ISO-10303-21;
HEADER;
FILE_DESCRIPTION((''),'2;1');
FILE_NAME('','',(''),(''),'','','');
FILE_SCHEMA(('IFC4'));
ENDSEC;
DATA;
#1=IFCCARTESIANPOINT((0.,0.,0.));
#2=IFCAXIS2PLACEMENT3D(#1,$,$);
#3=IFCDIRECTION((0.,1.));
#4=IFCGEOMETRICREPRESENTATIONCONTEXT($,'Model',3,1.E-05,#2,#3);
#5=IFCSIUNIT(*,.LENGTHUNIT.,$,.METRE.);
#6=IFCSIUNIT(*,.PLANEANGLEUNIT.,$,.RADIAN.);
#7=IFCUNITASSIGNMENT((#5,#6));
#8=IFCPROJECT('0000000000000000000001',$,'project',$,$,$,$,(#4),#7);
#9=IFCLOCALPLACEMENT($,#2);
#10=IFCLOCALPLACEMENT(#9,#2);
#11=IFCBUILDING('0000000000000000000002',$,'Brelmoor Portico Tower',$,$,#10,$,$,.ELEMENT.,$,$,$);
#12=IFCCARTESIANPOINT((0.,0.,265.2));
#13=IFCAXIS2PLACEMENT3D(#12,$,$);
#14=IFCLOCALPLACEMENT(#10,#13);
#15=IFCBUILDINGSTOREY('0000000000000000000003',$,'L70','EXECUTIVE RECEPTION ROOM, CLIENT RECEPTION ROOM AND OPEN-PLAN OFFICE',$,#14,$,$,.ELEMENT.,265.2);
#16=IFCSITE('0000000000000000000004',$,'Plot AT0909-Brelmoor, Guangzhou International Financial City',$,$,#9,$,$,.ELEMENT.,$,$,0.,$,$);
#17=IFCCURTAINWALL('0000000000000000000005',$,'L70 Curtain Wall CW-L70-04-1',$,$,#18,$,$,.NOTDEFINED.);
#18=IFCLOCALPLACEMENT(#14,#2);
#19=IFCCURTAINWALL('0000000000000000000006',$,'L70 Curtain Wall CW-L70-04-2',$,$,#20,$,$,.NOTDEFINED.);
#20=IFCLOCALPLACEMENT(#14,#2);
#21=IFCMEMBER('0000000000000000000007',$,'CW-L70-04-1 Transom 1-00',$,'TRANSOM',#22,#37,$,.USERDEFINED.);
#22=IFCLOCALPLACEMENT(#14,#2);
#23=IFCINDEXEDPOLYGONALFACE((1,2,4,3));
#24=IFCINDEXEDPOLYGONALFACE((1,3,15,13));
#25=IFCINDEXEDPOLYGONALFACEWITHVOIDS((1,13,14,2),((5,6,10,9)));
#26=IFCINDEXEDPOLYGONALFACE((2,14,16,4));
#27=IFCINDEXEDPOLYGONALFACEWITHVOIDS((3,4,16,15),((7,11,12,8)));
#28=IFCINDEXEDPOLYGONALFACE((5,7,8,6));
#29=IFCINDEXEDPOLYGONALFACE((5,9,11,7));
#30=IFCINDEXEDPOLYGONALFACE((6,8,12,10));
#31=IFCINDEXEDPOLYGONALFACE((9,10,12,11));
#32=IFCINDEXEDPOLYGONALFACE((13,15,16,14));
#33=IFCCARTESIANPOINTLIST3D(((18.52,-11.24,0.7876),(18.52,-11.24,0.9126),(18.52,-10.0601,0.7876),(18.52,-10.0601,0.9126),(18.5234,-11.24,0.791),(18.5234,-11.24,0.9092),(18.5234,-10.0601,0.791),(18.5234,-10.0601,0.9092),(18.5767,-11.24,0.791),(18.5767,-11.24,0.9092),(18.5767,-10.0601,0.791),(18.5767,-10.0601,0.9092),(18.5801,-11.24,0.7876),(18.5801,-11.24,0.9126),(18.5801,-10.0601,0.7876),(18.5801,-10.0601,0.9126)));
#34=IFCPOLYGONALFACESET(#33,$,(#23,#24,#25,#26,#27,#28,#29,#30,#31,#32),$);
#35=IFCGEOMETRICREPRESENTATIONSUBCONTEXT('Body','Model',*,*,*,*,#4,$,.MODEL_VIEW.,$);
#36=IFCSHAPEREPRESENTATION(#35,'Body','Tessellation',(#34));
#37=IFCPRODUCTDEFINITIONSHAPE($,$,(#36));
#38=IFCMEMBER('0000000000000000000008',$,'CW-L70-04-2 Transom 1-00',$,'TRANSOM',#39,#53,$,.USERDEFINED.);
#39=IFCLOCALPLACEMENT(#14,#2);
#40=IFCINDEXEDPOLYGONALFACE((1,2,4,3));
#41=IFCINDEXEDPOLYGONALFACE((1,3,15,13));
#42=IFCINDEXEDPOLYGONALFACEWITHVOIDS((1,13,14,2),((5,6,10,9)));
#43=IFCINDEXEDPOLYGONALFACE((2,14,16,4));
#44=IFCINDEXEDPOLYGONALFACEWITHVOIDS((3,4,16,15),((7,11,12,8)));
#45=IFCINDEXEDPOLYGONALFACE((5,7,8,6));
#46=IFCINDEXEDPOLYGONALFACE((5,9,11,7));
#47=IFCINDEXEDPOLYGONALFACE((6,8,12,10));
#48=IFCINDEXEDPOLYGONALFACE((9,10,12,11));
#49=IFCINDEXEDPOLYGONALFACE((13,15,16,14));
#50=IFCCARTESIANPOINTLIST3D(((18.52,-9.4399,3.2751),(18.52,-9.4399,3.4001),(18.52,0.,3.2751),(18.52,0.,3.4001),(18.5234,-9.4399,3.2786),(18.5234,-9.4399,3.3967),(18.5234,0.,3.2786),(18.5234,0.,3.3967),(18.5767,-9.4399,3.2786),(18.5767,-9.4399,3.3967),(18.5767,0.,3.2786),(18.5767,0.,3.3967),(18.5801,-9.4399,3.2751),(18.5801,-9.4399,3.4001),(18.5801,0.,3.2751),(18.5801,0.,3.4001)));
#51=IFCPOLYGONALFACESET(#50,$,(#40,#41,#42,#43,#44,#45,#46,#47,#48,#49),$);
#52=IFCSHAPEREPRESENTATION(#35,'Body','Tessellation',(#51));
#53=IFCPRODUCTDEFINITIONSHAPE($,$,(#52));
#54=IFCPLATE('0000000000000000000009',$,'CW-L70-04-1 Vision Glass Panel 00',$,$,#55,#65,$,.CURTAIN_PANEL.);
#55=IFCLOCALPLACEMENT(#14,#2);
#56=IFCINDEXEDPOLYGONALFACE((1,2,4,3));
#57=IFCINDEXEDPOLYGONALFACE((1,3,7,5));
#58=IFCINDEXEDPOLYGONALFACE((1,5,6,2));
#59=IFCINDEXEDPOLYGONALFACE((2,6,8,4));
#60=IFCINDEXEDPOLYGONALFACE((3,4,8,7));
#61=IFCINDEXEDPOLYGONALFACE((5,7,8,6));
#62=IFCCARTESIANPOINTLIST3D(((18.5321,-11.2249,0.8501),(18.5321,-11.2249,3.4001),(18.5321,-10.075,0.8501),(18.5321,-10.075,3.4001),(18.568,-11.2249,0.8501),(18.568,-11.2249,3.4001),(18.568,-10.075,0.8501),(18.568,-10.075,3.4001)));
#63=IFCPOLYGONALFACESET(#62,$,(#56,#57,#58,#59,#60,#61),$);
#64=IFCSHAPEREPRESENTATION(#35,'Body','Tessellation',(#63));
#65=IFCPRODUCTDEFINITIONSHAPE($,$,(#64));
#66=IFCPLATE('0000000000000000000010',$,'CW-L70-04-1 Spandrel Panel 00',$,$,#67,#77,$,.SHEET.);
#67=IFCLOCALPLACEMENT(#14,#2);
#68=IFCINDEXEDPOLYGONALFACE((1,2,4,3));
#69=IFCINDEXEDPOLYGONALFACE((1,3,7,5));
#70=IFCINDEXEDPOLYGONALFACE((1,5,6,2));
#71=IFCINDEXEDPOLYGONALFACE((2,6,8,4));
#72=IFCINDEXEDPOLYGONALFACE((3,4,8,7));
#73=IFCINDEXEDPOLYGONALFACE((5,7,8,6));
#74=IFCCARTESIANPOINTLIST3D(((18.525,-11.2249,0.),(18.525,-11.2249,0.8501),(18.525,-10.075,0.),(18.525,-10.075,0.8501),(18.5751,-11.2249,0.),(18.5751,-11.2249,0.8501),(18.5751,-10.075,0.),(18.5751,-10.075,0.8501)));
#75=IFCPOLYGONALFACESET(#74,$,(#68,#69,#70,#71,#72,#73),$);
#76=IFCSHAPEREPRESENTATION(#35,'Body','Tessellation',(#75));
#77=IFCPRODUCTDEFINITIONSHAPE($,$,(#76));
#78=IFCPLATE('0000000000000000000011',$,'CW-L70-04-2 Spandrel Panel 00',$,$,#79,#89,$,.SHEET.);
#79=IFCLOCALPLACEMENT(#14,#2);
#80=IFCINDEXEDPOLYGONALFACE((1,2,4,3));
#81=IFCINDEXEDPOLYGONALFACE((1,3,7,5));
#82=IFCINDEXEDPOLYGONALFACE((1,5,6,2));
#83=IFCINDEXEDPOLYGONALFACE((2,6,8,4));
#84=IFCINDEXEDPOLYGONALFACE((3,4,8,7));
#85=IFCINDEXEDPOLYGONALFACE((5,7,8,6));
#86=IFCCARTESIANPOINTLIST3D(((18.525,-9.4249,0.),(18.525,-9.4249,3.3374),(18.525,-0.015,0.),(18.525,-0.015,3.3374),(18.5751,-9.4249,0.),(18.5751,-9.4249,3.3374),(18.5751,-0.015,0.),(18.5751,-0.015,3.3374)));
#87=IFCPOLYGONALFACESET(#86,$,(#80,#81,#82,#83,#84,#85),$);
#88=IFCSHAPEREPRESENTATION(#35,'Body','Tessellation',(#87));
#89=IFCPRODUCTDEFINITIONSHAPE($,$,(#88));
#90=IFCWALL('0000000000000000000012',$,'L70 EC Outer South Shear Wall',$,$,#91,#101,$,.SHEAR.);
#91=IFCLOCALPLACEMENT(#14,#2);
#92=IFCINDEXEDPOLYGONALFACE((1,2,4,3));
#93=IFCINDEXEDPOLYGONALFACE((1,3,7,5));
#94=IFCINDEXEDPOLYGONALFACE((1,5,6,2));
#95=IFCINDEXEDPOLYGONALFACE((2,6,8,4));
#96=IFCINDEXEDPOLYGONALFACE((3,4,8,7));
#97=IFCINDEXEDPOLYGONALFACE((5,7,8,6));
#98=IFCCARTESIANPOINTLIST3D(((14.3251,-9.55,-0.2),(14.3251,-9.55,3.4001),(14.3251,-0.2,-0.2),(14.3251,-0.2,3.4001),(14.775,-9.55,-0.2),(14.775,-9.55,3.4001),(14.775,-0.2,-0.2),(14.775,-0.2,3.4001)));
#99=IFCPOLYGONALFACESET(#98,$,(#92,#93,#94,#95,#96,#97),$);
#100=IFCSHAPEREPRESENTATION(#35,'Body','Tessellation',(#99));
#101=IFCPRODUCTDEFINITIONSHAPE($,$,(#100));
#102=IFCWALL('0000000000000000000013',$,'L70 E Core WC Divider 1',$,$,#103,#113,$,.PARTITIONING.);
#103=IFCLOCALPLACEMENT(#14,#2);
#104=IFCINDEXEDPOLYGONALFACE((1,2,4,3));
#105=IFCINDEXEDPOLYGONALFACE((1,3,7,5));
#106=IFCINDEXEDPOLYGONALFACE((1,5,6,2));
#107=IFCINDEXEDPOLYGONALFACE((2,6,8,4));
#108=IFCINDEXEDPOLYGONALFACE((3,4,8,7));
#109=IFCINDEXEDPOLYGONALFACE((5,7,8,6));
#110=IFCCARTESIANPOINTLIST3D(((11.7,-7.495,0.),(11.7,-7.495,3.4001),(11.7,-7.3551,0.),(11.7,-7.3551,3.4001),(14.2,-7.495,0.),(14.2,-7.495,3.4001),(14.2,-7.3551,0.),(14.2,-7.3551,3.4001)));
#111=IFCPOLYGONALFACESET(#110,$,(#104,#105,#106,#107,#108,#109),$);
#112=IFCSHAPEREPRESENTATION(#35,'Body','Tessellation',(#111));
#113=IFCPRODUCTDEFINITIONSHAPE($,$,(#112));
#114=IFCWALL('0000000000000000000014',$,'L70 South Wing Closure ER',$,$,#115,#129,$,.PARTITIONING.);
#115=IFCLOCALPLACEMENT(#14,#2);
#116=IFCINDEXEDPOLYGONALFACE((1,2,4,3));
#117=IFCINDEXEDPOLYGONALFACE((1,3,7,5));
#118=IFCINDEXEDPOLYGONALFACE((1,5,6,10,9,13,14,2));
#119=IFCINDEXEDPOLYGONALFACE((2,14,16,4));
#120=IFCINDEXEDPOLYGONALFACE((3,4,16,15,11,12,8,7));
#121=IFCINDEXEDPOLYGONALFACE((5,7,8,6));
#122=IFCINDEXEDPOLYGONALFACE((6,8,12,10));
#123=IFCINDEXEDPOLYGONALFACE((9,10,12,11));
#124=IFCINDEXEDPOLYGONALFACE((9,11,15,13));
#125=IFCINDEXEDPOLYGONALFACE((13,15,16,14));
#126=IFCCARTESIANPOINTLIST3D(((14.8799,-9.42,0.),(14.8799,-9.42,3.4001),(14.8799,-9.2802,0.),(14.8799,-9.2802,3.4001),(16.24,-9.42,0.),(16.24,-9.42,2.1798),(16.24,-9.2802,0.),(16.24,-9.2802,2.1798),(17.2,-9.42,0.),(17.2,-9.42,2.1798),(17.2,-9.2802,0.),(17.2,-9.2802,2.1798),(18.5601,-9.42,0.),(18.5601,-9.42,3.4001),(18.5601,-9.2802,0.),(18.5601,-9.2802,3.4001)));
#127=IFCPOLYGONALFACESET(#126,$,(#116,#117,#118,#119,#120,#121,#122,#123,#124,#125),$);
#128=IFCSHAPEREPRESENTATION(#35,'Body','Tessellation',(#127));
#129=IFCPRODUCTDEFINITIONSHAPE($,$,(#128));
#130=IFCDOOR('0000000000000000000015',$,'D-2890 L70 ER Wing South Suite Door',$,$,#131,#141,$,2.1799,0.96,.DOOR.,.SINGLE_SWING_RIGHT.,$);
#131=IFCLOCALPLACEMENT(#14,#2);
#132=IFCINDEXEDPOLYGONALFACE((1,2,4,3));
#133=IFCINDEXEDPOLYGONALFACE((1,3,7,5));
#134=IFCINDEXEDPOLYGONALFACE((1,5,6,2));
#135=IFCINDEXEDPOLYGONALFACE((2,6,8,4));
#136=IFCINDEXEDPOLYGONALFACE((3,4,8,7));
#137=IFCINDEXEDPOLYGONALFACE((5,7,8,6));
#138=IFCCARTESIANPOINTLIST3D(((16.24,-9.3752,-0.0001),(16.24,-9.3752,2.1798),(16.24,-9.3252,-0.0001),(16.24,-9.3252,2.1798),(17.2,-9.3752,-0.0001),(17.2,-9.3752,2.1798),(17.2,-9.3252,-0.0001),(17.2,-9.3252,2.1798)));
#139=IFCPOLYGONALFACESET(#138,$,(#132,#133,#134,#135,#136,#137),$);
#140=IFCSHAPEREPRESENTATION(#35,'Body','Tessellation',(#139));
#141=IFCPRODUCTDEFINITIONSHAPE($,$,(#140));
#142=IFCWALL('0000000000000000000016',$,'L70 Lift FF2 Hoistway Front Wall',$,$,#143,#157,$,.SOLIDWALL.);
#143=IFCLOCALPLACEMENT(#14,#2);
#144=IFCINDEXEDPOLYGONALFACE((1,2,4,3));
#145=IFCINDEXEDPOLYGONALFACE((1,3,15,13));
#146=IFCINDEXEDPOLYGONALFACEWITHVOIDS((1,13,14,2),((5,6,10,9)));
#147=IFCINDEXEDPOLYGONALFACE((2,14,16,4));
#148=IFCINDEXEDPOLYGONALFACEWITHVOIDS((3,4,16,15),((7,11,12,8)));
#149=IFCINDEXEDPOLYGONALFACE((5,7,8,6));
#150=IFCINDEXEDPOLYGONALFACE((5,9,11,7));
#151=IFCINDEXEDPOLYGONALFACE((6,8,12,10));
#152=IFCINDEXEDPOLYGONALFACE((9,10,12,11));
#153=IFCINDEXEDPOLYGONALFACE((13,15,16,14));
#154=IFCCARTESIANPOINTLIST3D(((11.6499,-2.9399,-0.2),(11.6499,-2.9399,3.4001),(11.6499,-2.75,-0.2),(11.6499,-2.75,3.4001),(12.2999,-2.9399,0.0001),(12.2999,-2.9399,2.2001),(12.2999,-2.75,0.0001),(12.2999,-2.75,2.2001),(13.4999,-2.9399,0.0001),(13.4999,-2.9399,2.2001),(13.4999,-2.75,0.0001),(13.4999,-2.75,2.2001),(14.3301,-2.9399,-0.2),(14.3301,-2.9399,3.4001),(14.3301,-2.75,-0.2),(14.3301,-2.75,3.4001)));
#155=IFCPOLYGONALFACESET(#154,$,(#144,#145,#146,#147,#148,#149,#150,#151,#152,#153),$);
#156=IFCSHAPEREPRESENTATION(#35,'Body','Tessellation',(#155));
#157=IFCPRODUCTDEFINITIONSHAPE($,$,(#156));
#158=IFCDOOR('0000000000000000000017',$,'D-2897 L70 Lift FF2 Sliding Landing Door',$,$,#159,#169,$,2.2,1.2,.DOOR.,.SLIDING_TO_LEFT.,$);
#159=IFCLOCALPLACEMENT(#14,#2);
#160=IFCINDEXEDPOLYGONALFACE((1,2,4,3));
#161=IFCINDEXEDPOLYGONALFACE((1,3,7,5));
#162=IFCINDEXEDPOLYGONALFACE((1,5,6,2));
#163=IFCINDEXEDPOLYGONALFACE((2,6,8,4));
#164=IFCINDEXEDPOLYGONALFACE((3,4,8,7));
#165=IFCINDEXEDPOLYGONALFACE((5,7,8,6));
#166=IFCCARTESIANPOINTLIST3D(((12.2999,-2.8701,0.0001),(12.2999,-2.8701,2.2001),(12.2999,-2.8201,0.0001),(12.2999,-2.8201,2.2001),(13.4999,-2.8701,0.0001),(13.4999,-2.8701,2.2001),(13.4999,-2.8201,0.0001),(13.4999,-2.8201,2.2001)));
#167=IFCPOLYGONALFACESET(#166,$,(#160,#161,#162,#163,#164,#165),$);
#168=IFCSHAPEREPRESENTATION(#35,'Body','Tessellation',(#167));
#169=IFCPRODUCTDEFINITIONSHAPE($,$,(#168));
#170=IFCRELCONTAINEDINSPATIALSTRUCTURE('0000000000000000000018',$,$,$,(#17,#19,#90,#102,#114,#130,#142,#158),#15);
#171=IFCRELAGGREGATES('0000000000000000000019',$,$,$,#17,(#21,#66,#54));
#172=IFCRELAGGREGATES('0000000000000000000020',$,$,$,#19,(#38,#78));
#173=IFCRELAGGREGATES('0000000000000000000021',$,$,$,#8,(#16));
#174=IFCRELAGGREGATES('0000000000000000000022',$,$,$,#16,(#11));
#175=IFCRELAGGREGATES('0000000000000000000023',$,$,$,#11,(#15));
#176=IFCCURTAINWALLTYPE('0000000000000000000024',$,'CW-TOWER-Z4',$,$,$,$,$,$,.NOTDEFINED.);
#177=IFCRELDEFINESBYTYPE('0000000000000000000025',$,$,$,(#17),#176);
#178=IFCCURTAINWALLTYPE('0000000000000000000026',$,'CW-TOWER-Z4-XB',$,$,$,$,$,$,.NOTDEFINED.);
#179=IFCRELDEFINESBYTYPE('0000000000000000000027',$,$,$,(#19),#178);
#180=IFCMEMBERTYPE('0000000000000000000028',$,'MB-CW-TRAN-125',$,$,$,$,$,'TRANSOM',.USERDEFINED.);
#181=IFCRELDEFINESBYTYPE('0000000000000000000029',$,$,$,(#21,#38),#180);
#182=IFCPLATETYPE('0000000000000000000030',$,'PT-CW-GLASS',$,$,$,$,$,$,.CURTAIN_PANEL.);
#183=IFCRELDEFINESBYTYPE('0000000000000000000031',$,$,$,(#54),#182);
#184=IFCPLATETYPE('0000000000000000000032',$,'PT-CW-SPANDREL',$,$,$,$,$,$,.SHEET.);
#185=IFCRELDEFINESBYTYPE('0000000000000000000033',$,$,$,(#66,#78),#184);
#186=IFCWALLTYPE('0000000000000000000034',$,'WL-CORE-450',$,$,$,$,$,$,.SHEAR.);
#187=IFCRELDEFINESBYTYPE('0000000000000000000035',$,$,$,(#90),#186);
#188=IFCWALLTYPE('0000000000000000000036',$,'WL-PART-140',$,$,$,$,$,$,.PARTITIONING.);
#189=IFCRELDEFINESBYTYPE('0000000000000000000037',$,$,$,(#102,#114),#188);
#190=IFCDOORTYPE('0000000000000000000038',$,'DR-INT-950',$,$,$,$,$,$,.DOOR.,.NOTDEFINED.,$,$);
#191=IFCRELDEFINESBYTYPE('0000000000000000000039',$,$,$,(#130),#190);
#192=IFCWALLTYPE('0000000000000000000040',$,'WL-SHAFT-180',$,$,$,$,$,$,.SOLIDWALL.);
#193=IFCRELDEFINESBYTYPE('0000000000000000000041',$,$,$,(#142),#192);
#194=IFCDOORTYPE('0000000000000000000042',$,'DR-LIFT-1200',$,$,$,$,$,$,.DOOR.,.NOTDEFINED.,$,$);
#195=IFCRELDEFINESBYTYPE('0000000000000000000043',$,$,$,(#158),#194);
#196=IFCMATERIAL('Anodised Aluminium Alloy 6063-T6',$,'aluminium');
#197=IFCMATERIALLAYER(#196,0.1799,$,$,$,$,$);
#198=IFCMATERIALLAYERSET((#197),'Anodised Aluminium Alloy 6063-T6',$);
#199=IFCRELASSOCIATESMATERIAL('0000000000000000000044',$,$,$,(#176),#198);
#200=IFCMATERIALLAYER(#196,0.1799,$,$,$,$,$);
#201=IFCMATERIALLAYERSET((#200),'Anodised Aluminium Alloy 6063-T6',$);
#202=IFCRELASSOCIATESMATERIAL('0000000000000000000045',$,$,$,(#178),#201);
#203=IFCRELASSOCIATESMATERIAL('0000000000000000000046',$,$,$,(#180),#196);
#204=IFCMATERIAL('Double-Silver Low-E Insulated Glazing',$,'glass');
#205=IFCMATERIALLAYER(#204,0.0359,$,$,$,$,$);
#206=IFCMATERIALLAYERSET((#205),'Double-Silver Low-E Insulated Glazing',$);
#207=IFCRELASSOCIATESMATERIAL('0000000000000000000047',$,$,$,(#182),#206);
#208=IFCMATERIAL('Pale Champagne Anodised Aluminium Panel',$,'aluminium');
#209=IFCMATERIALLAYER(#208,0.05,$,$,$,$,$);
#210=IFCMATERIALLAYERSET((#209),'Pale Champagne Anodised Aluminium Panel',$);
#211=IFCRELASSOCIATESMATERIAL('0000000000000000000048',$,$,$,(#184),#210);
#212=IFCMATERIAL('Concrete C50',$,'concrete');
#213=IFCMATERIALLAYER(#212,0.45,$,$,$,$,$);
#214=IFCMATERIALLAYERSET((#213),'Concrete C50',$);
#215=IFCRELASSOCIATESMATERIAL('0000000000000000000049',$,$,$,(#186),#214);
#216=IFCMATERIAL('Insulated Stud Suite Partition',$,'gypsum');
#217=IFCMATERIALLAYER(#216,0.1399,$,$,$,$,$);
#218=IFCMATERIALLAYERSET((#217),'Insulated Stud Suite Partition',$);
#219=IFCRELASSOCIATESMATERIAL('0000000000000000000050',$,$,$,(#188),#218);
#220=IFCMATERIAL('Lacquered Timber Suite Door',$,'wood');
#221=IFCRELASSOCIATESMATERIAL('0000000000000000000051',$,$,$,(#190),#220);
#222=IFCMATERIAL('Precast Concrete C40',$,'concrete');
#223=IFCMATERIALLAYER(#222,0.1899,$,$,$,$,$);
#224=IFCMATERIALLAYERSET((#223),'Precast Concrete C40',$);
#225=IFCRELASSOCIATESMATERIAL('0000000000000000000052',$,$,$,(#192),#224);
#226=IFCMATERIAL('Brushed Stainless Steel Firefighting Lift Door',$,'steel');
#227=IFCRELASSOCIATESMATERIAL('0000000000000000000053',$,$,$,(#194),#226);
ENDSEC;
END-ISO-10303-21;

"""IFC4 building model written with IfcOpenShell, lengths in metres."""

from ifc_helpers import new_model, si_unit, direction, frame, frame_2d, origin, origin_2d, place, context, subcontext, project, spatial, rectangle, hollow_rectangle, extrude, material, layer, layer_set, material_profile, profile_set, type_object, element, fill, aggregate, save


model = new_model("IFC4")

# Units and contexts
model_context = context("Model", 3, precision=1e-05, world=origin(), true_north=direction((0.0, 1.0)))
body_context = subcontext(model_context, "Body", "Model", "MODEL_VIEW")
ifc_project = project(units=[si_unit("LENGTHUNIT", "METRE"), si_unit("PLANEANGLEUNIT", "RADIAN")], contexts=[model_context])

# Site, building, storey
site_placement = place(None, origin())
site = spatial("IfcSite", under=ifc_project, at=site_placement, Name="Plot AT0909-Brelmoor, Guangzhou International Financial City", CompositionType="ELEMENT", RefElevation=0.0)
building_placement = place(site_placement, origin())
building = spatial("IfcBuilding", under=site, at=building_placement, Name="Brelmoor Portico Tower", CompositionType="ELEMENT")
storey_placement = place(building_placement, frame((0.0, 0.0, 265.2)))
storey = spatial("IfcBuildingStorey", under=building, at=storey_placement, Name="L70", Description="EXECUTIVE RECEPTION ROOM, CLIENT RECEPTION ROOM AND OPEN-PLAN OFFICE", CompositionType="ELEMENT", Elevation=265.2)

# Curtain walls
ifc_material_1 = material(Name="Anodised Aluminium Alloy 6063-T6", Category="aluminium")
ifc_layer_1 = layer(ifc_material_1, 0.1799)
ifc_layer_set_1 = layer_set([ifc_layer_1], Name="Anodised Aluminium Alloy 6063-T6")
curtain_wall_type_1 = type_object("IfcCurtainWallType", Name="CW-TOWER-Z4", PredefinedType="NOTDEFINED", material=ifc_layer_set_1)
curtain_wall_1_placement = place(storey_placement, origin())
curtain_wall_1 = element("IfcCurtainWall", 1, at=curtain_wall_1_placement, inside=storey, type_object=curtain_wall_type_1, Name="L70 Curtain Wall CW-L70-04-1", PredefinedType="NOTDEFINED")
ifc_layer_2 = layer(ifc_material_1, 0.1799)
ifc_layer_set_2 = layer_set([ifc_layer_2], Name="Anodised Aluminium Alloy 6063-T6")
curtain_wall_type_2 = type_object("IfcCurtainWallType", Name="CW-TOWER-Z4-XB", PredefinedType="NOTDEFINED", material=ifc_layer_set_2)
curtain_wall_2_placement = place(storey_placement, origin())
curtain_wall_2 = element("IfcCurtainWall", 2, at=curtain_wall_2_placement, inside=storey, type_object=curtain_wall_type_2, Name="L70 Curtain Wall CW-L70-04-2", PredefinedType="NOTDEFINED")

# Members
ifc_material_profile_1 = material_profile(ifc_material_1, hollow_rectangle(XDim=0.0601, YDim=0.125, WallThickness=0.0034, at=origin_2d()), Name="ALU TRANSOM 60x125")
ifc_profile_set_1 = profile_set([ifc_material_profile_1], Name="Anodised Aluminium Alloy 6063-T6")
member_type_1 = type_object("IfcMemberType", Name="MB-CW-TRAN-125", ElementType="TRANSOM", PredefinedType="USERDEFINED", material=ifc_profile_set_1)
member_1_placement = place(storey_placement, frame((18.55, -11.24, 0.8501), z_axis=(0.0, 1.0, 0.0), x_axis=(-1.0, 0.0, 0.0)))
member_1 = element("IfcMember", 3, at=member_1_placement, type_object=member_type_1, Name="CW-L70-04-1 Transom 1-00", ObjectType="TRANSOM", PredefinedType="USERDEFINED", context=body_context, shape_type="SweptSolid", body=[
    extrude(hollow_rectangle(XDim=0.0601, YDim=0.125, WallThickness=0.0034, at=origin_2d()), origin(), (0.0, 0.0, 1.0), 1.1799),
])
member_2_placement = place(storey_placement, frame((18.55, -9.4399, 3.3376), z_axis=(0.0, 1.0, 0.0), x_axis=(-1.0, 0.0, 0.0)))
member_2 = element("IfcMember", 4, at=member_2_placement, type_object=member_type_1, Name="CW-L70-04-2 Transom 1-00", ObjectType="TRANSOM", PredefinedType="USERDEFINED", context=body_context, shape_type="SweptSolid", body=[
    extrude(hollow_rectangle(XDim=0.0601, YDim=0.125, WallThickness=0.0034, at=origin_2d()), origin(), (0.0, 0.0, 1.0), 9.4399),
])

# Plates
ifc_material_2 = material(Name="Double-Silver Low-E Insulated Glazing", Category="glass")
ifc_layer_3 = layer(ifc_material_2, 0.0359)
ifc_layer_set_3 = layer_set([ifc_layer_3], Name="Double-Silver Low-E Insulated Glazing")
plate_type_1 = type_object("IfcPlateType", Name="PT-CW-GLASS", PredefinedType="CURTAIN_PANEL", material=ifc_layer_set_3)
plate_1_placement = place(storey_placement, frame((18.55, -10.6499, 0.8501), z_axis=(0.0, 0.0, 1.0), x_axis=(0.0, 1.0, 0.0)))
plate_1 = element("IfcPlate", 5, at=plate_1_placement, type_object=plate_type_1, Name="CW-L70-04-1 Vision Glass Panel 00", PredefinedType="CURTAIN_PANEL", context=body_context, shape_type="SweptSolid", body=[
    extrude(rectangle(XDim=1.1499, YDim=0.0359, at=origin_2d()), origin(), (0.0, 0.0, 1.0), 2.55),
])
ifc_material_3 = material(Name="Pale Champagne Anodised Aluminium Panel", Category="aluminium")
ifc_layer_4 = layer(ifc_material_3, 0.05)
ifc_layer_set_4 = layer_set([ifc_layer_4], Name="Pale Champagne Anodised Aluminium Panel")
plate_type_2 = type_object("IfcPlateType", Name="PT-CW-SPANDREL", PredefinedType="SHEET", material=ifc_layer_set_4)
plate_2_placement = place(storey_placement, frame((18.55, -10.6499, 0.0), z_axis=(0.0, 0.0, 1.0), x_axis=(0.0, 1.0, 0.0)))
plate_2 = element("IfcPlate", 6, at=plate_2_placement, type_object=plate_type_2, Name="CW-L70-04-1 Spandrel Panel 00", PredefinedType="SHEET", context=body_context, shape_type="SweptSolid", body=[
    extrude(rectangle(XDim=1.1499, YDim=0.05, at=origin_2d()), origin(), (0.0, 0.0, 1.0), 0.8501),
])
aggregate(curtain_wall_1, [member_1, plate_2, plate_1])
plate_3_placement = place(storey_placement, frame((18.55, -4.72, 0.0), z_axis=(0.0, 0.0, 1.0), x_axis=(0.0, 1.0, 0.0)))
plate_3 = element("IfcPlate", 7, at=plate_3_placement, type_object=plate_type_2, Name="CW-L70-04-2 Spandrel Panel 00", PredefinedType="SHEET", context=body_context, shape_type="SweptSolid", body=[
    extrude(rectangle(XDim=9.4099, YDim=0.05, at=origin_2d()), origin(), (0.0, 0.0, 1.0), 3.3374),
])
aggregate(curtain_wall_2, [member_2, plate_3])

# Walls
ifc_material_4 = material(Name="Concrete C50", Category="concrete")
ifc_layer_5 = layer(ifc_material_4, 0.45)
ifc_layer_set_5 = layer_set([ifc_layer_5], Name="Concrete C50")
wall_type_1 = type_object("IfcWallType", Name="WL-CORE-450", PredefinedType="SHEAR", material=ifc_layer_set_5)
wall_1_placement = place(storey_placement, frame((14.55, -9.55, -0.2), z_axis=(0.0, 0.0, 1.0), x_axis=(0.0, 1.0, 0.0)))
element("IfcWall", 8, at=wall_1_placement, inside=storey, type_object=wall_type_1, Name="L70 EC Outer South Shear Wall", PredefinedType="SHEAR", context=body_context, shape_type="SweptSolid", body=[
    extrude(rectangle(XDim=9.3501, YDim=0.45, at=frame_2d((4.675, 0.0))), origin(), (0.0, 0.0, 1.0), 3.6001),
])
ifc_material_5 = material(Name="Insulated Stud Suite Partition", Category="gypsum")
ifc_layer_6 = layer(ifc_material_5, 0.1399)
ifc_layer_set_6 = layer_set([ifc_layer_6], Name="Insulated Stud Suite Partition")
wall_type_2 = type_object("IfcWallType", Name="WL-PART-140", PredefinedType="PARTITIONING", material=ifc_layer_set_6)
wall_2_placement = place(storey_placement, frame((11.7, -7.425, 0.0), z_axis=(0.0, 0.0, 1.0), x_axis=(1.0, 0.0, 0.0)))
element("IfcWall", 9, at=wall_2_placement, inside=storey, type_object=wall_type_2, Name="L70 E Core WC Divider 1", PredefinedType="PARTITIONING", context=body_context, shape_type="SweptSolid", body=[
    extrude(rectangle(XDim=2.5, YDim=0.1399, at=frame_2d((1.25, 0.0))), origin(), (0.0, 0.0, 1.0), 3.4001),
])

# Wall, opening, door
wall_3_placement = place(storey_placement, frame((14.8799, -9.3501, 0.0), z_axis=(0.0, 0.0, 1.0), x_axis=(1.0, 0.0, 0.0)))
wall_3 = element("IfcWall", 10, at=wall_3_placement, inside=storey, type_object=wall_type_2, Name="L70 South Wing Closure ER", PredefinedType="PARTITIONING", context=body_context, shape_type="SweptSolid", body=[
    extrude(rectangle(XDim=3.6802, YDim=0.1399, at=frame_2d((1.8401, 0.0))), origin(), (0.0, 0.0, 1.0), 3.4001),
])
opening_1_placement = place(wall_3_placement, frame((1.3601, 0.0, 0.0)))
opening_1 = element("IfcOpeningElement", 11, at=opening_1_placement, cuts=wall_3, PredefinedType="OPENING", context=body_context, shape_type="SweptSolid", body=[
    extrude(rectangle(XDim=0.96, YDim=2.1799, at=frame_2d((0.48, 1.0898))), frame((0.0, 0.0798, 0.0), z_axis=(0.0, -1.0, 0.0), x_axis=(1.0, 0.0, 0.0)), (0.0, 0.0, 1.0), 0.1599),
])
ifc_material_6 = material(Name="Lacquered Timber Suite Door", Category="wood")
door_type_1 = type_object("IfcDoorType", Name="DR-INT-950", OperationType="NOTDEFINED", PredefinedType="DOOR", material=ifc_material_6)
door_1_placement = place(opening_1_placement, origin())
door_1 = element("IfcDoor", 12, at=door_1_placement, inside=storey, type_object=door_type_1, Name="D-2890 L70 ER Wing South Suite Door", OperationType="SINGLE_SWING_RIGHT", OverallHeight=2.1799, OverallWidth=0.96, PredefinedType="DOOR", context=body_context, shape_type="SweptSolid", body=[
    extrude(rectangle(XDim=0.96, YDim=2.1799, at=frame_2d((0.48, 1.0898))), frame((0.0, 0.0249, 0.0), z_axis=(0.0, -1.0, 0.0), x_axis=(1.0, 0.0, 0.0)), (0.0, 0.0, 1.0), 0.05),
])
fill(opening_1, door_1)

# Wall, opening, door
ifc_material_7 = material(Name="Precast Concrete C40", Category="concrete")
ifc_layer_7 = layer(ifc_material_7, 0.1899)
ifc_layer_set_7 = layer_set([ifc_layer_7], Name="Precast Concrete C40")
wall_type_3 = type_object("IfcWallType", Name="WL-SHAFT-180", PredefinedType="SOLIDWALL", material=ifc_layer_set_7)
wall_4_placement = place(storey_placement, frame((11.6499, -2.845, -0.2), z_axis=(0.0, 0.0, 1.0), x_axis=(1.0, 0.0, 0.0)))
wall_4 = element("IfcWall", 13, at=wall_4_placement, inside=storey, type_object=wall_type_3, Name="L70 Lift FF2 Hoistway Front Wall", PredefinedType="SOLIDWALL", context=body_context, shape_type="SweptSolid", body=[
    extrude(rectangle(XDim=2.6802, YDim=0.1899, at=frame_2d((1.3401, 0.0))), origin(), (0.0, 0.0, 1.0), 3.6001),
])
opening_2_placement = place(wall_4_placement, frame((0.6499, 0.0, 0.2)))
opening_2 = element("IfcOpeningElement", 14, at=opening_2_placement, cuts=wall_4, PredefinedType="OPENING", context=body_context, shape_type="SweptSolid", body=[
    extrude(rectangle(XDim=1.2, YDim=2.2, at=frame_2d((0.6001, 1.1001))), frame((0.0, 0.105, 0.0), z_axis=(0.0, -1.0, 0.0), x_axis=(1.0, 0.0, 0.0)), (0.0, 0.0, 1.0), 0.21),
])
ifc_material_8 = material(Name="Brushed Stainless Steel Firefighting Lift Door", Category="steel")
door_type_2 = type_object("IfcDoorType", Name="DR-LIFT-1200", OperationType="NOTDEFINED", PredefinedType="DOOR", material=ifc_material_8)
door_2_placement = place(opening_2_placement, origin())
door_2 = element("IfcDoor", 15, at=door_2_placement, inside=storey, type_object=door_type_2, Name="D-2897 L70 Lift FF2 Sliding Landing Door", OperationType="SLIDING_TO_LEFT", OverallHeight=2.2, OverallWidth=1.2, PredefinedType="DOOR", context=body_context, shape_type="SweptSolid", body=[
    extrude(rectangle(XDim=1.2, YDim=2.2, at=frame_2d((0.6001, 1.1001))), frame((0.0, 0.0249, 0.0), z_axis=(0.0, -1.0, 0.0), x_axis=(1.0, 0.0, 0.0)), (0.0, 0.0, 1.0), 0.05),
])
fill(opening_2, door_2)

save(model, "model.ifc")
